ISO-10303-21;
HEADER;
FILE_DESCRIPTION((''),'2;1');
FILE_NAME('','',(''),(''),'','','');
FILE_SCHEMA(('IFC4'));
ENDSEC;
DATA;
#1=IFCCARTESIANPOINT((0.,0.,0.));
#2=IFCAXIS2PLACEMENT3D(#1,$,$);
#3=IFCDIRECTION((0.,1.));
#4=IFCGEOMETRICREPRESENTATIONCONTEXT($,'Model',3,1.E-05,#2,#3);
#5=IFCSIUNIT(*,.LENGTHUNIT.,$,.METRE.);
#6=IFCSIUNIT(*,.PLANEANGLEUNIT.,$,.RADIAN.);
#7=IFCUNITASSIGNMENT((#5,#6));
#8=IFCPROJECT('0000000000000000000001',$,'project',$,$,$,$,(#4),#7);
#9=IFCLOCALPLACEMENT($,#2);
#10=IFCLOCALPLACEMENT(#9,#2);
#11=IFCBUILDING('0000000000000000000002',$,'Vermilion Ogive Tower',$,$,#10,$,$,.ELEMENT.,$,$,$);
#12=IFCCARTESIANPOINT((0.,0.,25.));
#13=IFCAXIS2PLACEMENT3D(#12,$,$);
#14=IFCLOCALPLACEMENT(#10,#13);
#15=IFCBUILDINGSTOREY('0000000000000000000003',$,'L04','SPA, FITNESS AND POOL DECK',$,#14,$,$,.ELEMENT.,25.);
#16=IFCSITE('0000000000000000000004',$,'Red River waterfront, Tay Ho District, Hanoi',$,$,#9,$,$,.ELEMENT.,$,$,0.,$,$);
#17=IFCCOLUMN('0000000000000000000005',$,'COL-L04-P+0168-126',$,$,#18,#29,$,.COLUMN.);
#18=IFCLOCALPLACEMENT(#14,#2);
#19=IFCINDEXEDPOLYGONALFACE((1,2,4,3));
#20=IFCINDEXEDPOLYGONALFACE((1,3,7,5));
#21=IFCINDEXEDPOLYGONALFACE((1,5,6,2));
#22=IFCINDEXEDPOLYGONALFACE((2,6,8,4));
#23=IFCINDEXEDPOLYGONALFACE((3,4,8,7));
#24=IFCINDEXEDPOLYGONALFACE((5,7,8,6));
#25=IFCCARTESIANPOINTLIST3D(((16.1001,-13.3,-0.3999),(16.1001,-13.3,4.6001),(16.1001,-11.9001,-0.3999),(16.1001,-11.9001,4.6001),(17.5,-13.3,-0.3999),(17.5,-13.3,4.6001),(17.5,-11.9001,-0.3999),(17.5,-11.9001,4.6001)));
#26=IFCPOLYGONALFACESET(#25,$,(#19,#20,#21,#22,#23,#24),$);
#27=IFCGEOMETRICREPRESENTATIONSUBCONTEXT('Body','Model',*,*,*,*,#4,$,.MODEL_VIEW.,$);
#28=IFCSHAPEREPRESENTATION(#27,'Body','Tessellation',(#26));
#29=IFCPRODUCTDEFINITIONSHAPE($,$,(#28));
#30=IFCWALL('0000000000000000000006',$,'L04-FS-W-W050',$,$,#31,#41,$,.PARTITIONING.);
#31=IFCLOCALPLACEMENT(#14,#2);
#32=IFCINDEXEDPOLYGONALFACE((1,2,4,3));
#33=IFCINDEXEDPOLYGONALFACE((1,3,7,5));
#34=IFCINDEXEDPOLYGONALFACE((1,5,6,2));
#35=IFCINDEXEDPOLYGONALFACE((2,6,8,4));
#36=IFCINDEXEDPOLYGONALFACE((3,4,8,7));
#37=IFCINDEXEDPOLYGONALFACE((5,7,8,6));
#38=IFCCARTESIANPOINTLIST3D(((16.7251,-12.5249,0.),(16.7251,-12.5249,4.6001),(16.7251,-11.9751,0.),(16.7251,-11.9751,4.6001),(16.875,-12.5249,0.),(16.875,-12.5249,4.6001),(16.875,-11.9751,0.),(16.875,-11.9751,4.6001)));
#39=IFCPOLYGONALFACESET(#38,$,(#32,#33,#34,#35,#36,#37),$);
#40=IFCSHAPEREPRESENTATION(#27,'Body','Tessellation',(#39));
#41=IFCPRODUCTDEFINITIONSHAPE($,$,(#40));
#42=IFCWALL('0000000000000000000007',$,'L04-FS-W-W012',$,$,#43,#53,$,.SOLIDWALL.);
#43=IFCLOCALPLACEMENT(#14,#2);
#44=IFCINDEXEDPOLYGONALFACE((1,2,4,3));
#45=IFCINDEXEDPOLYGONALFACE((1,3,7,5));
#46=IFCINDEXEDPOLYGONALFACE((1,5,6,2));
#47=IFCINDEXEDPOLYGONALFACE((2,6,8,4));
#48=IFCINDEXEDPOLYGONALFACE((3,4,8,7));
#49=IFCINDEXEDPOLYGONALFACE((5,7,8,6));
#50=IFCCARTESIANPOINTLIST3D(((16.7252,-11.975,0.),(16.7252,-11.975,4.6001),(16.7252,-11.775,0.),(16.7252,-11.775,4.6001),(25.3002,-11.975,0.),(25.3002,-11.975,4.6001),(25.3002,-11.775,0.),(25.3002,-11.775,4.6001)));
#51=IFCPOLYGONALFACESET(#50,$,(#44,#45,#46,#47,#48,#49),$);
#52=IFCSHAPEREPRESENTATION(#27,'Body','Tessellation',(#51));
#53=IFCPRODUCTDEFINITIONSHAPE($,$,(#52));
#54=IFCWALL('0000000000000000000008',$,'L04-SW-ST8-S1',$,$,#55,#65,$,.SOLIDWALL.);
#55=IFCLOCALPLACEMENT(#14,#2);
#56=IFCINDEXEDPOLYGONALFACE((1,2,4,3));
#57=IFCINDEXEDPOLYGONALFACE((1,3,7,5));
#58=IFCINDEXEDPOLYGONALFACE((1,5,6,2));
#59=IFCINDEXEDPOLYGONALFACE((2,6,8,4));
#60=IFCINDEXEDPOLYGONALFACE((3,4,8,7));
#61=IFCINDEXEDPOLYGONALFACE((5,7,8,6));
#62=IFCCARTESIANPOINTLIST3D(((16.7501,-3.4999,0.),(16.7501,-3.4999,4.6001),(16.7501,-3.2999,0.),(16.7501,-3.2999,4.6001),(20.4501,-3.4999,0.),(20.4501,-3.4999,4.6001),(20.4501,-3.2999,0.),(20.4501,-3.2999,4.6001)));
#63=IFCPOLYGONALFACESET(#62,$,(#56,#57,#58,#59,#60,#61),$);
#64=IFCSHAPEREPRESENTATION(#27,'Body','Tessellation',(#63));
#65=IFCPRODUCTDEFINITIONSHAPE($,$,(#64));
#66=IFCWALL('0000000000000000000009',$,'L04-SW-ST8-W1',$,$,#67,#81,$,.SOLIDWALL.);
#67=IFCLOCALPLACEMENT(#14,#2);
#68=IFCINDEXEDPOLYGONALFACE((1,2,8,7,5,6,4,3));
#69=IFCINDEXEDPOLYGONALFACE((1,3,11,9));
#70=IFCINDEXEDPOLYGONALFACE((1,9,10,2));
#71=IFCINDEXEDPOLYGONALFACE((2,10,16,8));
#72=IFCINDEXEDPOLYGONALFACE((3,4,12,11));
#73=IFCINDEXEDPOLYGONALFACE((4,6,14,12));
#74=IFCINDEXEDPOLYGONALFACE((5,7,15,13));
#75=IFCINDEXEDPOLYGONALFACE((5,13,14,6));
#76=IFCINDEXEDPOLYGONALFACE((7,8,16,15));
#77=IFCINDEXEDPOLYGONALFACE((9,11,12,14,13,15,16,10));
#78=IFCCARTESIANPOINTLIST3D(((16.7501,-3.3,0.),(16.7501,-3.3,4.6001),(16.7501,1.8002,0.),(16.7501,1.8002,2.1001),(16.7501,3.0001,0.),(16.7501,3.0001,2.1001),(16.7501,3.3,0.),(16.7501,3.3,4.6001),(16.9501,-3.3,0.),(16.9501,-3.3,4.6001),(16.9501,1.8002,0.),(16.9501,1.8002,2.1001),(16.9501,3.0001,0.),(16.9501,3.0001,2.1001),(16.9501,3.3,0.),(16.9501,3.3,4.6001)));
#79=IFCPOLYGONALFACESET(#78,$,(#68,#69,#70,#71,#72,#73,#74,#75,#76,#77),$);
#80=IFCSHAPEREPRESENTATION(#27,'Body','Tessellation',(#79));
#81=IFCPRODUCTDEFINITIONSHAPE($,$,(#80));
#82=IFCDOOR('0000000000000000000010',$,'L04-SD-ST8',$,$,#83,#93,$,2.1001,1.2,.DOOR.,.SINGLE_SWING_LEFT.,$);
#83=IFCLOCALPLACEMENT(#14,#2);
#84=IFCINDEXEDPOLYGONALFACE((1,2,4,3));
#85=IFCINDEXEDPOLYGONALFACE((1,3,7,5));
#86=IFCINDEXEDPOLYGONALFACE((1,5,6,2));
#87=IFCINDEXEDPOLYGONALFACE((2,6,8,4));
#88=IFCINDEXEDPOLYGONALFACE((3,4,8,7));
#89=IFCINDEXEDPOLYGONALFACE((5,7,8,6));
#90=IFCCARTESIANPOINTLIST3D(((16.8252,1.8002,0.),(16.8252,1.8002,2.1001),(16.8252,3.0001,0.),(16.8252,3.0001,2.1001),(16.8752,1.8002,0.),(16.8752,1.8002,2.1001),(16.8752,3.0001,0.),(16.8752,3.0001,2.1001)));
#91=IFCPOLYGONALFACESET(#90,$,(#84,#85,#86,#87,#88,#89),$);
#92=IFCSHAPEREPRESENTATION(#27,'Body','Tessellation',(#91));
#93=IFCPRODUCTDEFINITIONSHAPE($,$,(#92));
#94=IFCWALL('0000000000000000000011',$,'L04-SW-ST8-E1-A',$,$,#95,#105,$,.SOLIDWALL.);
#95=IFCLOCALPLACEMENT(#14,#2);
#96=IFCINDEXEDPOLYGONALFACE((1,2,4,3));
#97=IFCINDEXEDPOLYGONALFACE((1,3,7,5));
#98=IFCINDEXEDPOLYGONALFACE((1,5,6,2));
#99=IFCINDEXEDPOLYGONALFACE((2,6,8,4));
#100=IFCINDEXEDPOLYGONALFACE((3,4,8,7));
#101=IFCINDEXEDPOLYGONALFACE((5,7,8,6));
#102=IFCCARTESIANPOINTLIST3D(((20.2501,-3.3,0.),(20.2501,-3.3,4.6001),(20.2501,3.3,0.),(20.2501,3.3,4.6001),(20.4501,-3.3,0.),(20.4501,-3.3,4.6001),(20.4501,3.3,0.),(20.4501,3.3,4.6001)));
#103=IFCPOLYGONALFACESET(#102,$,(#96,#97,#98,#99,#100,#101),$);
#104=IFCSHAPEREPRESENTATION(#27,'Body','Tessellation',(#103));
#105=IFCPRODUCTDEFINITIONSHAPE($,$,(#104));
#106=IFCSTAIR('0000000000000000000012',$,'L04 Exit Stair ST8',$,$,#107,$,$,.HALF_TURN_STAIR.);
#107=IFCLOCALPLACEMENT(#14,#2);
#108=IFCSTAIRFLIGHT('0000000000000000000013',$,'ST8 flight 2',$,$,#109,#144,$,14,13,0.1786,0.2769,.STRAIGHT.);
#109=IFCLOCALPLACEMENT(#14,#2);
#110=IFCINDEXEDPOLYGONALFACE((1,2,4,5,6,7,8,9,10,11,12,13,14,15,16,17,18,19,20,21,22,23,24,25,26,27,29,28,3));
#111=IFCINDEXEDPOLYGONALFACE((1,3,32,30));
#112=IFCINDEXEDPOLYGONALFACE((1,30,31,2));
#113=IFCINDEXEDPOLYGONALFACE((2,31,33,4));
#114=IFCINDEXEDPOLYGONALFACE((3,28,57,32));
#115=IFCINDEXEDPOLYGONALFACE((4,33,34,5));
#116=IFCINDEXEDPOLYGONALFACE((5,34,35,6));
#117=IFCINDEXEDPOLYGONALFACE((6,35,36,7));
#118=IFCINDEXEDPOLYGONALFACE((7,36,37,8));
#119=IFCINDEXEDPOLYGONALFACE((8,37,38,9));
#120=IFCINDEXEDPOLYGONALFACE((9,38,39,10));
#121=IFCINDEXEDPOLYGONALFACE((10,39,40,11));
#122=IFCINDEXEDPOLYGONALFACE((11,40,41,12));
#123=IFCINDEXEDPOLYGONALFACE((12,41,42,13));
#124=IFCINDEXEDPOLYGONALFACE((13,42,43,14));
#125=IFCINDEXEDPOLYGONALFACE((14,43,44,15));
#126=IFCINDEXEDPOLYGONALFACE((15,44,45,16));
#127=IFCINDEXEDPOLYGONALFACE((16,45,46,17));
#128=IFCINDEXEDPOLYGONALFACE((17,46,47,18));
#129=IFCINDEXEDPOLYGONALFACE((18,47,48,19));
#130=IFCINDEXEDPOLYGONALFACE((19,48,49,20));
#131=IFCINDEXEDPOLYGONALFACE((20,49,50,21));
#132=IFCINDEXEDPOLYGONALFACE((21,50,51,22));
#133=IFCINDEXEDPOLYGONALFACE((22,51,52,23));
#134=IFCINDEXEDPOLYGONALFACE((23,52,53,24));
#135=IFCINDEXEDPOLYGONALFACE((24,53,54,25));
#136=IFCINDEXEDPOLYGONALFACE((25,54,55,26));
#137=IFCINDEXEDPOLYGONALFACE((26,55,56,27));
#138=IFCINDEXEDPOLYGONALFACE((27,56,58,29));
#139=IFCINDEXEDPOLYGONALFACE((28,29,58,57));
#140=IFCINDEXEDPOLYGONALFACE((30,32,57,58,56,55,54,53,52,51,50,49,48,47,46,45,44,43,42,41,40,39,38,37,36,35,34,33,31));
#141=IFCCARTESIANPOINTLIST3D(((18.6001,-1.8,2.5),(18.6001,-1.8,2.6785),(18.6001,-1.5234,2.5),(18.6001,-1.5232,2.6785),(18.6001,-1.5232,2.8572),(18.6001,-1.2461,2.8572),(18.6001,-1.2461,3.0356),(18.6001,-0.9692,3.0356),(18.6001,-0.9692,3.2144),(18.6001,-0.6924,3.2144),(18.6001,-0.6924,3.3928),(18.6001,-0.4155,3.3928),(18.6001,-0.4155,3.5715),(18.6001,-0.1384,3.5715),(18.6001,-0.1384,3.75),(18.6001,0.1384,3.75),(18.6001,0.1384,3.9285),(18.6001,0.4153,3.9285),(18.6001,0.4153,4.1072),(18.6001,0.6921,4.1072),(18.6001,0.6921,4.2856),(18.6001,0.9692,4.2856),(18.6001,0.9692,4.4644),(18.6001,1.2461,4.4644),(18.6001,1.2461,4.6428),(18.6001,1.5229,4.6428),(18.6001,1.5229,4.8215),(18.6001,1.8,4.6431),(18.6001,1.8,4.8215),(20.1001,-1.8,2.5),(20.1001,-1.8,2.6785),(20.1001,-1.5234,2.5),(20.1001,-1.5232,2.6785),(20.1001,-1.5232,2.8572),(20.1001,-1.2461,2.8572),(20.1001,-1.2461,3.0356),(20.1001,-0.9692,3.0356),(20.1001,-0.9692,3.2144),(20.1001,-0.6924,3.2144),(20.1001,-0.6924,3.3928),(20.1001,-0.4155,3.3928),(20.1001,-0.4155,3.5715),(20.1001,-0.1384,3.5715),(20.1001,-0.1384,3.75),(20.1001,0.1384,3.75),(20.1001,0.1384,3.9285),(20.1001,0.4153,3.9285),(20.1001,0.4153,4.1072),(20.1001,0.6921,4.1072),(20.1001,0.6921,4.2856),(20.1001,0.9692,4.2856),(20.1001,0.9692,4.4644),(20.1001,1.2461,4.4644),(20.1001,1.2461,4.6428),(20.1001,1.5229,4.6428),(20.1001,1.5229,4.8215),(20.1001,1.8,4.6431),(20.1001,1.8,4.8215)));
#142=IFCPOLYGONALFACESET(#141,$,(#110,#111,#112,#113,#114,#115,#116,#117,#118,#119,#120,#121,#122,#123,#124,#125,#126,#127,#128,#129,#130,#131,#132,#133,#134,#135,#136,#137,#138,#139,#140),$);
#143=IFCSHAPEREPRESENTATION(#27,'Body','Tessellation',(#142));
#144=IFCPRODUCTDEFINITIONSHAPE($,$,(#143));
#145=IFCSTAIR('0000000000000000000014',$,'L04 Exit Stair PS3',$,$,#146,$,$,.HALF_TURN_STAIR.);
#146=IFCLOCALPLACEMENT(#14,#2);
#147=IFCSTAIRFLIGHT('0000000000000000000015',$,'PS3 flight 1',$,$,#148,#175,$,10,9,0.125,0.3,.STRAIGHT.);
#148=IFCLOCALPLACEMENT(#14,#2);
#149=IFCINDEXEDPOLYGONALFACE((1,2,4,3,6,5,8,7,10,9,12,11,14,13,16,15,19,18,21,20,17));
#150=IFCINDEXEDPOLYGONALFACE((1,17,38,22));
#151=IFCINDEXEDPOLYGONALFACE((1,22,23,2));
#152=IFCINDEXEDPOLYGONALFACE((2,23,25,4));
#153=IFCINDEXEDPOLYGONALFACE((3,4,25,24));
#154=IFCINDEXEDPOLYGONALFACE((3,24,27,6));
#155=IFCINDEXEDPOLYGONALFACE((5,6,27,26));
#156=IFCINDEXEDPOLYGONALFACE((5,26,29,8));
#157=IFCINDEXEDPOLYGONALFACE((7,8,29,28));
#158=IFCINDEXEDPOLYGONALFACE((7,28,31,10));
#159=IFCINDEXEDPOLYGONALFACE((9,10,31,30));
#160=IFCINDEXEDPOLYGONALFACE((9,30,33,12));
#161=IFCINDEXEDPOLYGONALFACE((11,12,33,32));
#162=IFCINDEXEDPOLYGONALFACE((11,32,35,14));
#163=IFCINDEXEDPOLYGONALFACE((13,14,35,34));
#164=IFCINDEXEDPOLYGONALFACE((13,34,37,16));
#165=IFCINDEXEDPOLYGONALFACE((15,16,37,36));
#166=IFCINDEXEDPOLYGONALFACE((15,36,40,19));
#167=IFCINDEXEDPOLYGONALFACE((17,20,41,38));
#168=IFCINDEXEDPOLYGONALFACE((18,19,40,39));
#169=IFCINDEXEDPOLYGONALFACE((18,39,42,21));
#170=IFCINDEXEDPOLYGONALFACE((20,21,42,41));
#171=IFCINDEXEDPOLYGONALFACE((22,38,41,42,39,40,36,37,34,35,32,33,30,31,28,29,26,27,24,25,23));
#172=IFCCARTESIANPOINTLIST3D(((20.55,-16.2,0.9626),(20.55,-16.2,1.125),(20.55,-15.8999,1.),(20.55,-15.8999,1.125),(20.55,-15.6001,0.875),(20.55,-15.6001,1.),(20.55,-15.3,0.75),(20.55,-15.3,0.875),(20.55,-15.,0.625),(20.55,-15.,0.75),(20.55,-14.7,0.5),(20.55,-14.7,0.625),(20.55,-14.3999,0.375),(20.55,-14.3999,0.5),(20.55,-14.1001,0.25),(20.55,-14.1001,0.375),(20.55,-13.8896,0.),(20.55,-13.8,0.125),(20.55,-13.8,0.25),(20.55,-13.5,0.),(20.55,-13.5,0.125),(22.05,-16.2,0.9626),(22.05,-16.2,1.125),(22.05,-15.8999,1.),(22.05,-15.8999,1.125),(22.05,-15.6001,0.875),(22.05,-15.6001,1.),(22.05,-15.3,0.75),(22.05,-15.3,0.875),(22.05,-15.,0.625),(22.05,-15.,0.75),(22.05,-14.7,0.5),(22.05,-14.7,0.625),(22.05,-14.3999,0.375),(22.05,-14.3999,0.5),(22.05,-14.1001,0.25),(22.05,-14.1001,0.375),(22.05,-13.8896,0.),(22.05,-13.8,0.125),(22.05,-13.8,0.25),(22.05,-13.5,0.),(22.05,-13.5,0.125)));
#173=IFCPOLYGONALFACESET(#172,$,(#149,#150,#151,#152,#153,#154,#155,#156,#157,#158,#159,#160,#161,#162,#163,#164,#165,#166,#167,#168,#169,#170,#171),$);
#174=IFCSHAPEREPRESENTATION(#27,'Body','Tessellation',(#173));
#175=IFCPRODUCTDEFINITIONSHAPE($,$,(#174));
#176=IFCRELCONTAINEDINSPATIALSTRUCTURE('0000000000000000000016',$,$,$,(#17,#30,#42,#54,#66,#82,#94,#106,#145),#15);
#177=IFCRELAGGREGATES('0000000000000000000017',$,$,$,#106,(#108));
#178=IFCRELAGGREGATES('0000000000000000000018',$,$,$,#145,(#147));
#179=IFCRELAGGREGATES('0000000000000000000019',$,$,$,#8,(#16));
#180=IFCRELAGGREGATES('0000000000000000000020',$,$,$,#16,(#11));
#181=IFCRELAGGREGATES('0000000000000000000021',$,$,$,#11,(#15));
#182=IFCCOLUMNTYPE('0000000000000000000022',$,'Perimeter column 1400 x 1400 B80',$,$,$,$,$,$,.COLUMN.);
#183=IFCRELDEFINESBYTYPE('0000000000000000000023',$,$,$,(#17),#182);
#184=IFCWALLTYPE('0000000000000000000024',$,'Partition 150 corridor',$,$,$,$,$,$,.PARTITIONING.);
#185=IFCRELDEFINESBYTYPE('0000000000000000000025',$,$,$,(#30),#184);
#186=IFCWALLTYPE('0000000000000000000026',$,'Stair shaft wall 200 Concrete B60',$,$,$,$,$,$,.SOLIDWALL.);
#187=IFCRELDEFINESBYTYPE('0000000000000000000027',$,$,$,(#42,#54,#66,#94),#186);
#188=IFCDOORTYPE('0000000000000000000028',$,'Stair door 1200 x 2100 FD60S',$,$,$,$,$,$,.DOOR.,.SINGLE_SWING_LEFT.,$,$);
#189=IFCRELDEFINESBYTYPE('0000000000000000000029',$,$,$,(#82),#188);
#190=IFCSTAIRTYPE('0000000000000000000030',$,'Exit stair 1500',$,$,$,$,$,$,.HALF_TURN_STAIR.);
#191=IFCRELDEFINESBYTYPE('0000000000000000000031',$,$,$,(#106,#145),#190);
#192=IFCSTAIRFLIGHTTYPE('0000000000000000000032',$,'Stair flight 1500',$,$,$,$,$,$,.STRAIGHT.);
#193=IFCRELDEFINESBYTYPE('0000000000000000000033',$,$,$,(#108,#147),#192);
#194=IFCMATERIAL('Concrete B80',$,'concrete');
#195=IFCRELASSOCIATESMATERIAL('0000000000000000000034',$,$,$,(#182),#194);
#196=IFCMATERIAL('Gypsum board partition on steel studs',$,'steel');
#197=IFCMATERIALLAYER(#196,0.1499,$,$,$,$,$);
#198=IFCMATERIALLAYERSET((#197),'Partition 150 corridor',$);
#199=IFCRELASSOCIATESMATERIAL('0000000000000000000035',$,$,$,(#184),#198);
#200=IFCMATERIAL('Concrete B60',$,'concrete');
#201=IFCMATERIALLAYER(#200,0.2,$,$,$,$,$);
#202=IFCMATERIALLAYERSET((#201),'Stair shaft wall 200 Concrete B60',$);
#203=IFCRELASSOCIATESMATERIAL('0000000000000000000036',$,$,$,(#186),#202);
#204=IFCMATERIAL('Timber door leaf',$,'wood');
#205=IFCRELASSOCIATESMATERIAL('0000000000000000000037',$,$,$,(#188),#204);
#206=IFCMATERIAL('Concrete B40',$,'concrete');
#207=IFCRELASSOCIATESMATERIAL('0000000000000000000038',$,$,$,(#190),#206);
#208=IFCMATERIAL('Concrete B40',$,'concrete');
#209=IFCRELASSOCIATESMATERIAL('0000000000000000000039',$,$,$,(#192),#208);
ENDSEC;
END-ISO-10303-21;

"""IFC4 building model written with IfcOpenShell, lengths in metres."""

from ifc_helpers import new_model, si_unit, direction, frame, frame_2d, origin, origin_2d, place, context, subcontext, project, spatial, polyline, rectangle, outline, extrude, material, layer, layer_set, material_profile, profile_set, type_object, element, fill, aggregate, save


model = new_model("IFC4")

# Units and contexts
model_context = context("Model", 3, precision=1e-05, world=origin(), true_north=direction((0.0, 1.0)))
body_context = subcontext(model_context, "Body", "Model", "MODEL_VIEW")
ifc_project = project(units=[si_unit("LENGTHUNIT", "METRE"), si_unit("PLANEANGLEUNIT", "RADIAN")], contexts=[model_context])

# Site, building, storey
site_placement = place(None, origin())
site = spatial("IfcSite", under=ifc_project, at=site_placement, Name="Red River waterfront, Tay Ho District, Hanoi", CompositionType="ELEMENT", RefElevation=0.0)
building_placement = place(site_placement, origin())
building = spatial("IfcBuilding", under=site, at=building_placement, Name="Vermilion Ogive Tower", CompositionType="ELEMENT")
storey_placement = place(building_placement, frame((0.0, 0.0, 25.0)))
storey = spatial("IfcBuildingStorey", under=building, at=storey_placement, Name="L04", Description="SPA, FITNESS AND POOL DECK", CompositionType="ELEMENT", Elevation=25.0)

# Column
ifc_material_1 = material(Name="Concrete B80", Category="concrete")
ifc_material_profile = material_profile(ifc_material_1, rectangle(XDim=1.3999, YDim=1.3999, at=origin_2d()), Name="1400 x 1400")
ifc_profile_set = profile_set([ifc_material_profile], Name="Concrete B80")
column_type = type_object("IfcColumnType", Name="Perimeter column 1400 x 1400 B80", PredefinedType="COLUMN", material=ifc_profile_set)
column_placement = place(storey_placement, frame((16.8, -12.6001, -0.3999), z_axis=(0.0, 0.0, 1.0), x_axis=(1.0, 0.0, 0.0)))
element("IfcColumn", 1, at=column_placement, inside=storey, type_object=column_type, Name="COL-L04-P+0168-126", PredefinedType="COLUMN", context=body_context, shape_type="SweptSolid", body=[
    extrude(rectangle(XDim=1.3999, YDim=1.3999, at=origin_2d()), origin(), (0.0, 0.0, 1.0), 5.0),
])

# Walls
ifc_material_2 = material(Name="Gypsum board partition on steel studs", Category="steel")
ifc_layer_1 = layer(ifc_material_2, 0.1499)
ifc_layer_set_1 = layer_set([ifc_layer_1], Name="Partition 150 corridor")
wall_type_1 = type_object("IfcWallType", Name="Partition 150 corridor", PredefinedType="PARTITIONING", material=ifc_layer_set_1)
wall_1_placement = place(storey_placement, frame((16.8, -12.5249, 0.0), z_axis=(0.0, 0.0, 1.0), x_axis=(0.0, 1.0, 0.0)))
element("IfcWall", 2, at=wall_1_placement, inside=storey, type_object=wall_type_1, Name="L04-FS-W-W050", PredefinedType="PARTITIONING", context=body_context, shape_type="SweptSolid", body=[
    extrude(rectangle(XDim=0.5498, YDim=0.1499, at=frame_2d((0.2749, 0.0))), origin(), (0.0, 0.0, 1.0), 4.6001),
])
ifc_material_3 = material(Name="Concrete B60", Category="concrete")
ifc_layer_2 = layer(ifc_material_3, 0.2)
ifc_layer_set_2 = layer_set([ifc_layer_2], Name="Stair shaft wall 200 Concrete B60")
wall_type_2 = type_object("IfcWallType", Name="Stair shaft wall 200 Concrete B60", PredefinedType="SOLIDWALL", material=ifc_layer_set_2)
wall_2_placement = place(storey_placement, frame((16.7251, -11.875, 0.0), z_axis=(0.0, 0.0, 1.0), x_axis=(1.0, 0.0, 0.0)))
element("IfcWall", 3, at=wall_2_placement, inside=storey, type_object=wall_type_2, Name="L04-FS-W-W012", PredefinedType="SOLIDWALL", context=body_context, shape_type="SweptSolid", body=[
    extrude(rectangle(XDim=8.575, YDim=0.2, at=frame_2d((4.2876, 0.0))), origin(), (0.0, 0.0, 1.0), 4.6001),
])
wall_3_placement = place(storey_placement, frame((16.75, -3.3999, 0.0), z_axis=(0.0, 0.0, 1.0), x_axis=(1.0, 0.0, 0.0)))
element("IfcWall", 4, at=wall_3_placement, inside=storey, type_object=wall_type_2, Name="L04-SW-ST8-S1", PredefinedType="SOLIDWALL", context=body_context, shape_type="SweptSolid", body=[
    extrude(rectangle(XDim=3.7, YDim=0.2, at=frame_2d((1.8501, 0.0))), origin(), (0.0, 0.0, 1.0), 4.6001),
])

# Wall, opening, door
wall_4_placement = place(storey_placement, frame((16.8501, -3.3, 0.0), z_axis=(0.0, 0.0, 1.0), x_axis=(0.0, 1.0, 0.0)))
wall_4 = element("IfcWall", 5, at=wall_4_placement, inside=storey, type_object=wall_type_2, Name="L04-SW-ST8-W1", PredefinedType="SOLIDWALL", context=body_context, shape_type="SweptSolid", body=[
    extrude(rectangle(XDim=6.6001, YDim=0.2, at=frame_2d((3.3, 0.0))), origin(), (0.0, 0.0, 1.0), 4.6001),
])
opening_placement = place(wall_4_placement, frame((5.1001, 0.0, 0.0)))
opening = element("IfcOpeningElement", 6, at=opening_placement, cuts=wall_4, PredefinedType="OPENING", context=body_context, shape_type="SweptSolid", body=[
    extrude(rectangle(XDim=1.2, YDim=2.1001, at=frame_2d((0.6001, 1.05))), frame((0.0, 0.1099, 0.0), z_axis=(0.0, -1.0, 0.0), x_axis=(1.0, 0.0, 0.0)), (0.0, 0.0, 1.0), 0.22),
])
ifc_material_4 = material(Name="Timber door leaf", Category="wood")
door_type = type_object("IfcDoorType", Name="Stair door 1200 x 2100 FD60S", OperationType="SINGLE_SWING_LEFT", PredefinedType="DOOR", material=ifc_material_4)
door_placement = place(opening_placement, origin())
door = element("IfcDoor", 7, at=door_placement, inside=storey, type_object=door_type, Name="L04-SD-ST8", OperationType="SINGLE_SWING_LEFT", OverallHeight=2.1001, OverallWidth=1.2, PredefinedType="DOOR", context=body_context, shape_type="SweptSolid", body=[
    extrude(rectangle(XDim=1.2, YDim=2.1001, at=frame_2d((0.6001, 1.05))), frame((0.0, 0.0249, 0.0), z_axis=(0.0, -1.0, 0.0), x_axis=(1.0, 0.0, 0.0)), (0.0, 0.0, 1.0), 0.05),
])
fill(opening, door)

# Wall
wall_5_placement = place(storey_placement, frame((20.3501, -3.3, 0.0), z_axis=(0.0, 0.0, 1.0), x_axis=(0.0, 1.0, 0.0)))
element("IfcWall", 8, at=wall_5_placement, inside=storey, type_object=wall_type_2, Name="L04-SW-ST8-E1-A", PredefinedType="SOLIDWALL", context=body_context, shape_type="SweptSolid", body=[
    extrude(rectangle(XDim=6.6001, YDim=0.2, at=frame_2d((3.3, 0.0))), origin(), (0.0, 0.0, 1.0), 4.6001),
])

# Stair, stair flight
ifc_material_5 = material(Name="Concrete B40", Category="concrete")
stair_type = type_object("IfcStairType", Name="Exit stair 1500", PredefinedType="HALF_TURN_STAIR", material=ifc_material_5)
stair_1_placement = place(storey_placement, origin())
stair_1 = element("IfcStair", 9, at=stair_1_placement, inside=storey, type_object=stair_type, Name="L04 Exit Stair ST8", PredefinedType="HALF_TURN_STAIR")
ifc_material_6 = material(Name="Concrete B40", Category="concrete")
stair_flight_type = type_object("IfcStairFlightType", Name="Stair flight 1500", PredefinedType="STRAIGHT", material=ifc_material_6)
stair_flight_1_placement = place(storey_placement, frame((19.3501, -1.8, 2.5), z_axis=(0.0, 0.0, 1.0), x_axis=(0.0, 1.0, 0.0)))
stair_flight_1 = element("IfcStairFlight", 10, at=stair_flight_1_placement, type_object=stair_flight_type, Name="ST8 flight 2", NumberOfRisers=14, NumberOfTreads=13, PredefinedType="STRAIGHT", RiserHeight=0.1786, TreadLength=0.2769, context=body_context, shape_type="SweptSolid", body=[
    extrude(outline(polyline([(0.0, 0.0), (0.0, 0.1785), (0.2769, 0.1785), (0.2769, 0.3572), (0.554, 0.3572), (0.554, 0.5356), (0.8308, 0.5356), (0.8308, 0.7144), (1.1077, 0.7144), (1.1077, 0.8928), (1.3845, 0.8928), (1.3845, 1.0715), (1.6616, 1.0715), (1.6616, 1.25), (1.9385, 1.25), (1.9385, 1.4285), (2.2153, 1.4285), (2.2153, 1.6072), (2.4922, 1.6072), (2.4922, 1.7856), (2.7693, 1.7856), (2.7693, 1.9644), (3.0461, 1.9644), (3.0461, 2.1428), (3.323, 2.1428), (3.323, 2.3215), (3.6001, 2.3215), (3.6001, 2.5), (3.6001, 2.1431), (0.2766, 0.0), (0.0, 0.0)])), frame((0.0, 0.75, 0.0), z_axis=(0.0, -1.0, 0.0), x_axis=(1.0, 0.0, 0.0)), (0.0, 0.0, 1.0), 1.5),
])
aggregate(stair_1, [stair_flight_1])

# Stair, stair flight
stair_2_placement = place(storey_placement, origin())
stair_2 = element("IfcStair", 11, at=stair_2_placement, inside=storey, type_object=stair_type, Name="L04 Exit Stair PS3", PredefinedType="HALF_TURN_STAIR")
stair_flight_2_placement = place(storey_placement, frame((21.3, -13.5, 0.0), z_axis=(0.0, 0.0, 1.0), x_axis=(0.0, -1.0, 0.0)))
stair_flight_2 = element("IfcStairFlight", 12, at=stair_flight_2_placement, type_object=stair_flight_type, Name="PS3 flight 1", NumberOfRisers=10, NumberOfTreads=9, PredefinedType="STRAIGHT", RiserHeight=0.125, TreadLength=0.3, context=body_context, shape_type="SweptSolid", body=[
    extrude(outline(polyline([(0.0, 0.0), (0.0, 0.125), (0.3, 0.125), (0.3, 0.25), (0.6001, 0.25), (0.6001, 0.375), (0.8999, 0.375), (0.8999, 0.5), (1.2, 0.5), (1.2, 0.625), (1.5, 0.625), (1.5, 0.75), (1.8, 0.75), (1.8, 0.875), (2.1001, 0.875), (2.1001, 1.0), (2.3999, 1.0), (2.3999, 1.125), (2.7, 1.125), (2.7, 1.25), (2.7, 0.9626), (0.3896, 0.0), (0.0, 0.0)])), frame((0.0, 0.75, 0.0), z_axis=(0.0, -1.0, 0.0), x_axis=(1.0, 0.0, 0.0)), (0.0, 0.0, 1.0), 1.5),
])
aggregate(stair_2, [stair_flight_2])

save(model, "model.ifc")
